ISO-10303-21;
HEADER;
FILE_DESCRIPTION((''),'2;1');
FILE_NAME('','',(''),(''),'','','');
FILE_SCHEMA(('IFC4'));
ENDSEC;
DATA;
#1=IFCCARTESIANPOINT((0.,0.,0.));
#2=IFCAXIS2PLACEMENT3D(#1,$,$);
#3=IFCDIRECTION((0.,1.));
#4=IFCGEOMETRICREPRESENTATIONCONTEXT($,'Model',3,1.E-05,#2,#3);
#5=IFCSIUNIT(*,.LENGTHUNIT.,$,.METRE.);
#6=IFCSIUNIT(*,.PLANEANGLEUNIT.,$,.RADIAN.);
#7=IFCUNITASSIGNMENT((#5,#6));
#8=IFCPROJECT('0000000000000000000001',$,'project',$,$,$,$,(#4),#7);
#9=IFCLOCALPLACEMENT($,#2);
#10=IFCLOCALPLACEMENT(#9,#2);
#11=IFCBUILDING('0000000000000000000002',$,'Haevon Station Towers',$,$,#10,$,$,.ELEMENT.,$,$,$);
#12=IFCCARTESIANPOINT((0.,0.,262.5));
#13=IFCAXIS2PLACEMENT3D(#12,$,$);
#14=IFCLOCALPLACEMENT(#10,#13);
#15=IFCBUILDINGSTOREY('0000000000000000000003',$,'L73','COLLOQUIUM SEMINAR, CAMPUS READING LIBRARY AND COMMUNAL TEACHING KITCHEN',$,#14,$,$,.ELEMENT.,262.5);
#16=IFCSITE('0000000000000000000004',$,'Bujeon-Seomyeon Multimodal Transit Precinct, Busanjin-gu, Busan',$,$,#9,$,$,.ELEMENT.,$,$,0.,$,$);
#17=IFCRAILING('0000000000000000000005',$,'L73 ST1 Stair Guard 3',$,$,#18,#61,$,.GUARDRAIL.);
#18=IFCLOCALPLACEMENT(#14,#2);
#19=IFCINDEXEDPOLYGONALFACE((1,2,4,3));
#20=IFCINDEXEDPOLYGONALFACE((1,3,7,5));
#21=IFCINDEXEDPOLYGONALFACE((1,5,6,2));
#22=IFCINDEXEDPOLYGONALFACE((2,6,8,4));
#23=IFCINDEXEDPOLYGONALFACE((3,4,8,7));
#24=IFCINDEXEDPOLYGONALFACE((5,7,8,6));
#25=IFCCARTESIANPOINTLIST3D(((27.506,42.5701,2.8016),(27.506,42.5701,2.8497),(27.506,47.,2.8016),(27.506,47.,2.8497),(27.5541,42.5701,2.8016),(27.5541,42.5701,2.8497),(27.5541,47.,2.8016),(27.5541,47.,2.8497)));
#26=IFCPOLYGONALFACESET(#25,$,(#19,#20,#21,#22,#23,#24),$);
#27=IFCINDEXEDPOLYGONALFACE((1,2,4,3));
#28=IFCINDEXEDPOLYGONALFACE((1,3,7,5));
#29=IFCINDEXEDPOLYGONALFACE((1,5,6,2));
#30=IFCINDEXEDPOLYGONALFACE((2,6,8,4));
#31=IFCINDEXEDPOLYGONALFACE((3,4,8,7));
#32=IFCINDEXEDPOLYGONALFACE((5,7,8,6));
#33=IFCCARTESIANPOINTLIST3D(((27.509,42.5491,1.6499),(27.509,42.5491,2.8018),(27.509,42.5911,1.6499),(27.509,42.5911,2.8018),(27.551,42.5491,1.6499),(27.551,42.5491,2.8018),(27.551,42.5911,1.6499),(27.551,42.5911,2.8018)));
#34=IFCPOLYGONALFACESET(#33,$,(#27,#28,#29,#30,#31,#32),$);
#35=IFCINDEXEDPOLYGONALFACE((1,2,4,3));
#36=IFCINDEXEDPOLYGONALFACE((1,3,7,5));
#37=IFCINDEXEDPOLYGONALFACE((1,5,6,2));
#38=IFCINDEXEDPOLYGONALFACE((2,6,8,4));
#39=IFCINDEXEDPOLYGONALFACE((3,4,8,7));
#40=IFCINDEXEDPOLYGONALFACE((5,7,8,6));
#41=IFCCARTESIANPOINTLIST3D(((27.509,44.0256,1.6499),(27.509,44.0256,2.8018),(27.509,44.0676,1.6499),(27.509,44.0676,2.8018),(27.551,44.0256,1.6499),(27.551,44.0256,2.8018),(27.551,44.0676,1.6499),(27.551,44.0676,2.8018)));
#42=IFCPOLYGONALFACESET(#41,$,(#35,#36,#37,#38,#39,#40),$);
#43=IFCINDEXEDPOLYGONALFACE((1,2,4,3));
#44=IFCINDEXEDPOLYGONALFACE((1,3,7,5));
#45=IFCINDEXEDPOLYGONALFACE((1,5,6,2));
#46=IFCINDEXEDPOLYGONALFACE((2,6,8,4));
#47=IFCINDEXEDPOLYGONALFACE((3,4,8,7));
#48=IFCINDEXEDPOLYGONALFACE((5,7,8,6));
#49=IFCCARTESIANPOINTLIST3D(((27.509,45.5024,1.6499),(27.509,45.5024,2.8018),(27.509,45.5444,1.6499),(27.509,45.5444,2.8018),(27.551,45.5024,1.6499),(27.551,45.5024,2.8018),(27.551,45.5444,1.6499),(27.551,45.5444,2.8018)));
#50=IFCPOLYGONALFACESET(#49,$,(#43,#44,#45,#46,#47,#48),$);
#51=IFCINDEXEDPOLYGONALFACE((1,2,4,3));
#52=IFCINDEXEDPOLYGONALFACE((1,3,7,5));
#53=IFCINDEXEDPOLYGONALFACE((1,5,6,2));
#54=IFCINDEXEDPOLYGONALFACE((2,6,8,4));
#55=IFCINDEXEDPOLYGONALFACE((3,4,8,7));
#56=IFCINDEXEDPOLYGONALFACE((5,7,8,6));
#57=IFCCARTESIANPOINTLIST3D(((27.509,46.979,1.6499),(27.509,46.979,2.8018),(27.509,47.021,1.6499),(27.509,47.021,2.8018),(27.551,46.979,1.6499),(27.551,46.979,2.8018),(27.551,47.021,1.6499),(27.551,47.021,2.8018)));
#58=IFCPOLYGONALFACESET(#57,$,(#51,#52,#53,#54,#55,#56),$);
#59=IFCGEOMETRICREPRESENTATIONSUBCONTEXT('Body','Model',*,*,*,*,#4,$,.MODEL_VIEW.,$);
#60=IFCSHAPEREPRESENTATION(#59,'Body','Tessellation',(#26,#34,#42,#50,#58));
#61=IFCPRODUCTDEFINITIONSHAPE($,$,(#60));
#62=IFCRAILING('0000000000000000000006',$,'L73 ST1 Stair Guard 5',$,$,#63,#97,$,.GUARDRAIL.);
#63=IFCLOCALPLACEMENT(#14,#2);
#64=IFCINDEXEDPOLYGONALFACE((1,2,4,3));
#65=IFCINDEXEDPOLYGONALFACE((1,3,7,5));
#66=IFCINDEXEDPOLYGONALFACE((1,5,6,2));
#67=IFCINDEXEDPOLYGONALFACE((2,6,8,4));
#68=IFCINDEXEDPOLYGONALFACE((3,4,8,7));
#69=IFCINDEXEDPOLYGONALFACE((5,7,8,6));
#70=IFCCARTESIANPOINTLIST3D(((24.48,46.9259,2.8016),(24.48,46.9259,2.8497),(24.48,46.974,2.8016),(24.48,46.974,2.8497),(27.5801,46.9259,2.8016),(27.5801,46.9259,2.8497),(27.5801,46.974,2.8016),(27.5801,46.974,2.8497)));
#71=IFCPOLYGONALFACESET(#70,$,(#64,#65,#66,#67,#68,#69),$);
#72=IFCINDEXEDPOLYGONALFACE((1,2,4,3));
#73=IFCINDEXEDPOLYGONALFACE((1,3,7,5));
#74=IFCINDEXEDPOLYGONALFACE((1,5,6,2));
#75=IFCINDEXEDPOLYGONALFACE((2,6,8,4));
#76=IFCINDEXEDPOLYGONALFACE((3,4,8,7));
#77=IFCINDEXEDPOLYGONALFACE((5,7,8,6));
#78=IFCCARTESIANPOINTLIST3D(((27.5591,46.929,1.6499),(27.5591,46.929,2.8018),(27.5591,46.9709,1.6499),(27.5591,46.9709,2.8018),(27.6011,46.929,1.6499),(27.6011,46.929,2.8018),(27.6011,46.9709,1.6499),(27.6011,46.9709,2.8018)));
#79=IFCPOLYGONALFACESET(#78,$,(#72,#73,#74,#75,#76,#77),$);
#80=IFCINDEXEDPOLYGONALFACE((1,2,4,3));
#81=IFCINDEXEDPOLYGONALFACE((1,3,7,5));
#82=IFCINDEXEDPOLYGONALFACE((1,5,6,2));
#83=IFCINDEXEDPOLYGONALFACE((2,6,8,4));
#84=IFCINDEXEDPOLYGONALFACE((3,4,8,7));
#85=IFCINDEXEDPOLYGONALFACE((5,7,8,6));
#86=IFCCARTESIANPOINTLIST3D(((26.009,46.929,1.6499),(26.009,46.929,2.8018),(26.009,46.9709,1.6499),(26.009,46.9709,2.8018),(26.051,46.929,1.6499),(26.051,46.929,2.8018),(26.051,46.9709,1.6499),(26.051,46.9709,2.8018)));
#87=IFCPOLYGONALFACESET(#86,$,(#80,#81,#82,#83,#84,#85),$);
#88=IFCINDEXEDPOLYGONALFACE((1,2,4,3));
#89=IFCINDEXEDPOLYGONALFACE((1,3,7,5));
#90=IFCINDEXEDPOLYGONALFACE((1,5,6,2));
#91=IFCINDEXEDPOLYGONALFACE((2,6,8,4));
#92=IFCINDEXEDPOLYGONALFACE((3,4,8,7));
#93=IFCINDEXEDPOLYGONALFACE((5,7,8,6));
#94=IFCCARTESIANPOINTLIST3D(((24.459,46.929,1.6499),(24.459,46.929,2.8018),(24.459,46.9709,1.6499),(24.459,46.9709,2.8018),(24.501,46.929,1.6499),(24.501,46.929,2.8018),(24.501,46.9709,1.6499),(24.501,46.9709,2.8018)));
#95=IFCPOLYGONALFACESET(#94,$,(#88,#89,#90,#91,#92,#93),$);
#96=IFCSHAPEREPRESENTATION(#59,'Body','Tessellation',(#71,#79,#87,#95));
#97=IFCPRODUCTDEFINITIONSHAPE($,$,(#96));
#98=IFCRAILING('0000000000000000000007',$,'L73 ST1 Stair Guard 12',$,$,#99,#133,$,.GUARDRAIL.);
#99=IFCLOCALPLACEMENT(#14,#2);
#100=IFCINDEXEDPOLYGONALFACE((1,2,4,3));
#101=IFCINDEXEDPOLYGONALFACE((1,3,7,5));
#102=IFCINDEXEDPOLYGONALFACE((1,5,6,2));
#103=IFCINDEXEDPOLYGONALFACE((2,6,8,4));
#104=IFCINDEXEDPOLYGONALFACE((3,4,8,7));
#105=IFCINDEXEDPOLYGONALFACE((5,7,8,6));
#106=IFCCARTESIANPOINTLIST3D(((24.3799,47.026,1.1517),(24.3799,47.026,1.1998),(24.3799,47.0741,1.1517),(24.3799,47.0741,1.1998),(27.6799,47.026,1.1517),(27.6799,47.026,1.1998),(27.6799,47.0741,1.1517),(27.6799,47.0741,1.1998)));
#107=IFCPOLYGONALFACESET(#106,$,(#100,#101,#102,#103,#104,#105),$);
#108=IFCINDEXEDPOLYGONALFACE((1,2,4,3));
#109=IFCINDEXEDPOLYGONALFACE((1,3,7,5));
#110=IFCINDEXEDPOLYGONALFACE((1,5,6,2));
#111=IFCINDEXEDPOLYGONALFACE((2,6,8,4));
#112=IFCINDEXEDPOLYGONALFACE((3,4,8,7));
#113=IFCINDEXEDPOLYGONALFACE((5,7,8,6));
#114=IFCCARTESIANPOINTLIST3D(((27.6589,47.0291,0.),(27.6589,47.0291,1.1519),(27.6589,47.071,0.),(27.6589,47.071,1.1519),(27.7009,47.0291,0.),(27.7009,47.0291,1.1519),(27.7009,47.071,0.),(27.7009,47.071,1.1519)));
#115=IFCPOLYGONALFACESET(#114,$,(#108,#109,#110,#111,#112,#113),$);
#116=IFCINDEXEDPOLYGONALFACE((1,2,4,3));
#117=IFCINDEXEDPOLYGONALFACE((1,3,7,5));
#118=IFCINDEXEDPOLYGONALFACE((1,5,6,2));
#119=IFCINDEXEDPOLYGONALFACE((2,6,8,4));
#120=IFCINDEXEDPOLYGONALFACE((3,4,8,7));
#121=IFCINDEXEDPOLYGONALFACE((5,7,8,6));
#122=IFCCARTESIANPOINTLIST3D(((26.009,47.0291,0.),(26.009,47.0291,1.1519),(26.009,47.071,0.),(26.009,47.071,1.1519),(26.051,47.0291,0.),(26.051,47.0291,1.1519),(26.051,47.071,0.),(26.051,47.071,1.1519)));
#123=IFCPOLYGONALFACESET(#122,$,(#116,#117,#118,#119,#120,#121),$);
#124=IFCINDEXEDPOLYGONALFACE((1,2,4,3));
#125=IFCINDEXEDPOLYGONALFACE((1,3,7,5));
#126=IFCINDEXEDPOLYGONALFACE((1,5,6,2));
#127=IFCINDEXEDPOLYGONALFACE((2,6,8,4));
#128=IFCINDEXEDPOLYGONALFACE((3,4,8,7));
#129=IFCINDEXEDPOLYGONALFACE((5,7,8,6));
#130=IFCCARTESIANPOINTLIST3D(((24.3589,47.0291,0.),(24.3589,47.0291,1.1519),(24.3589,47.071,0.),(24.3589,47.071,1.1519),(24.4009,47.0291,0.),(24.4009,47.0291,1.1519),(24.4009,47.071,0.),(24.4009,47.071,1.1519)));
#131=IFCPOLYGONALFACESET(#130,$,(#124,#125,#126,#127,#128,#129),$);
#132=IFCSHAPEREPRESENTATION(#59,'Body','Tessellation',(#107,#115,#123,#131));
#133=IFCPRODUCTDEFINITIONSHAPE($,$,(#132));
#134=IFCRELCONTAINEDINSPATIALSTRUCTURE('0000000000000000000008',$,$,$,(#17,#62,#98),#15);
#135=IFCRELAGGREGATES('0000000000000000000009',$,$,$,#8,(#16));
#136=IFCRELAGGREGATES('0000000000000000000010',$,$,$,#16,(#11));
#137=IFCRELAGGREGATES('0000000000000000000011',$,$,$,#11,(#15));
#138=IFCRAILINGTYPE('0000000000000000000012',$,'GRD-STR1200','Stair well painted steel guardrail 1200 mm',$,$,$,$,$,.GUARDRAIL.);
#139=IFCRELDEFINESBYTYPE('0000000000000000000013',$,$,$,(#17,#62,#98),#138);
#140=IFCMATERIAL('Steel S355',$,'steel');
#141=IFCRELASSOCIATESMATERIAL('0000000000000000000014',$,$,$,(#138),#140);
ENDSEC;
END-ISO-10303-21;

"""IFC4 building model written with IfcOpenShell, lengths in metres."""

from ifc_helpers import new_model, si_unit, direction, frame, origin, origin_2d, place, context, subcontext, project, spatial, rectangle, extrude, material, type_object, element, save


model = new_model("IFC4")

# Units and contexts
model_context = context("Model", 3, precision=1e-05, world=origin(), true_north=direction((0.0, 1.0)))
body_context = subcontext(model_context, "Body", "Model", "MODEL_VIEW")
ifc_project = project(units=[si_unit("LENGTHUNIT", "METRE"), si_unit("PLANEANGLEUNIT", "RADIAN")], contexts=[model_context])

# Site, building, storey
site_placement = place(None, origin())
site = spatial("IfcSite", under=ifc_project, at=site_placement, Name="Bujeon-Seomyeon Multimodal Transit Precinct, Busanjin-gu, Busan", CompositionType="ELEMENT", RefElevation=0.0)
building_placement = place(site_placement, origin())
building = spatial("IfcBuilding", under=site, at=building_placement, Name="Haevon Station Towers", CompositionType="ELEMENT")
storey_placement = place(building_placement, frame((0.0, 0.0, 262.5)))
storey = spatial("IfcBuildingStorey", under=building, at=storey_placement, Name="L73", Description="COLLOQUIUM SEMINAR, CAMPUS READING LIBRARY AND COMMUNAL TEACHING KITCHEN", CompositionType="ELEMENT", Elevation=262.5)

# Shared definitions
ifc_material_1 = material(Name="Steel S355", Category="steel")

# Railings
railing_type = type_object("IfcRailingType", Name="GRD-STR1200", Description="Stair well painted steel guardrail 1200 mm", PredefinedType="GUARDRAIL", material=ifc_material_1)
railing_1_placement = place(storey_placement, frame((27.53, 42.5701, 1.6499)))
element("IfcRailing", 1, at=railing_1_placement, inside=storey, type_object=railing_type, Name="L73 ST1 Stair Guard 3", PredefinedType="GUARDRAIL", context=body_context, shape_type="SweptSolid", body=[
    extrude(rectangle(XDim=0.0481, YDim=0.0481, at=origin_2d()), frame((0.0, 0.0, 1.1758), z_axis=(0.0, 1.0, 0.0), x_axis=(-1.0, 0.0, 0.0)), (0.0, 0.0, 1.0), 4.4299),
    extrude(rectangle(XDim=0.042, YDim=0.042, at=origin_2d()), origin(), (0.0, 0.0, 1.0), 1.1519),
    extrude(rectangle(XDim=0.042, YDim=0.042, at=origin_2d()), frame((0.0, 1.4766, 0.0)), (0.0, 0.0, 1.0), 1.1519),
    extrude(rectangle(XDim=0.042, YDim=0.042, at=origin_2d()), frame((0.0, 2.9534, 0.0)), (0.0, 0.0, 1.0), 1.1519),
    extrude(rectangle(XDim=0.042, YDim=0.042, at=origin_2d()), frame((0.0, 4.4299, 0.0)), (0.0, 0.0, 1.0), 1.1519),
])
railing_2_placement = place(storey_placement, frame((27.5801, 46.95, 1.6499)))
element("IfcRailing", 2, at=railing_2_placement, inside=storey, type_object=railing_type, Name="L73 ST1 Stair Guard 5", PredefinedType="GUARDRAIL", context=body_context, shape_type="SweptSolid", body=[
    extrude(rectangle(XDim=0.0481, YDim=0.0481, at=origin_2d()), frame((0.0, 0.0, 1.1758), z_axis=(-1.0, 0.0, 0.0), x_axis=(0.0, -1.0, 0.0)), (0.0, 0.0, 1.0), 3.1001),
    extrude(rectangle(XDim=0.042, YDim=0.042, at=origin_2d()), origin(), (0.0, 0.0, 1.0), 1.1519),
    extrude(rectangle(XDim=0.042, YDim=0.042, at=origin_2d()), frame((-1.55, 0.0, 0.0)), (0.0, 0.0, 1.0), 1.1519),
    extrude(rectangle(XDim=0.042, YDim=0.042, at=origin_2d()), frame((-3.1001, 0.0, 0.0)), (0.0, 0.0, 1.0), 1.1519),
])
railing_3_placement = place(storey_placement, frame((27.6799, 47.05, 0.0)))
element("IfcRailing", 3, at=railing_3_placement, inside=storey, type_object=railing_type, Name="L73 ST1 Stair Guard 12", PredefinedType="GUARDRAIL", context=body_context, shape_type="SweptSolid", body=[
    extrude(rectangle(XDim=0.0481, YDim=0.0481, at=origin_2d()), frame((0.0, 0.0, 1.1758), z_axis=(-1.0, 0.0, 0.0), x_axis=(0.0, -1.0, 0.0)), (0.0, 0.0, 1.0), 3.3),
    extrude(rectangle(XDim=0.042, YDim=0.042, at=origin_2d()), origin(), (0.0, 0.0, 1.0), 1.1519),
    extrude(rectangle(XDim=0.042, YDim=0.042, at=origin_2d()), frame((-1.6499, 0.0, 0.0)), (0.0, 0.0, 1.0), 1.1519),
    extrude(rectangle(XDim=0.042, YDim=0.042, at=origin_2d()), frame((-3.3, 0.0, 0.0)), (0.0, 0.0, 1.0), 1.1519),
])

save(model, "model.ifc")
